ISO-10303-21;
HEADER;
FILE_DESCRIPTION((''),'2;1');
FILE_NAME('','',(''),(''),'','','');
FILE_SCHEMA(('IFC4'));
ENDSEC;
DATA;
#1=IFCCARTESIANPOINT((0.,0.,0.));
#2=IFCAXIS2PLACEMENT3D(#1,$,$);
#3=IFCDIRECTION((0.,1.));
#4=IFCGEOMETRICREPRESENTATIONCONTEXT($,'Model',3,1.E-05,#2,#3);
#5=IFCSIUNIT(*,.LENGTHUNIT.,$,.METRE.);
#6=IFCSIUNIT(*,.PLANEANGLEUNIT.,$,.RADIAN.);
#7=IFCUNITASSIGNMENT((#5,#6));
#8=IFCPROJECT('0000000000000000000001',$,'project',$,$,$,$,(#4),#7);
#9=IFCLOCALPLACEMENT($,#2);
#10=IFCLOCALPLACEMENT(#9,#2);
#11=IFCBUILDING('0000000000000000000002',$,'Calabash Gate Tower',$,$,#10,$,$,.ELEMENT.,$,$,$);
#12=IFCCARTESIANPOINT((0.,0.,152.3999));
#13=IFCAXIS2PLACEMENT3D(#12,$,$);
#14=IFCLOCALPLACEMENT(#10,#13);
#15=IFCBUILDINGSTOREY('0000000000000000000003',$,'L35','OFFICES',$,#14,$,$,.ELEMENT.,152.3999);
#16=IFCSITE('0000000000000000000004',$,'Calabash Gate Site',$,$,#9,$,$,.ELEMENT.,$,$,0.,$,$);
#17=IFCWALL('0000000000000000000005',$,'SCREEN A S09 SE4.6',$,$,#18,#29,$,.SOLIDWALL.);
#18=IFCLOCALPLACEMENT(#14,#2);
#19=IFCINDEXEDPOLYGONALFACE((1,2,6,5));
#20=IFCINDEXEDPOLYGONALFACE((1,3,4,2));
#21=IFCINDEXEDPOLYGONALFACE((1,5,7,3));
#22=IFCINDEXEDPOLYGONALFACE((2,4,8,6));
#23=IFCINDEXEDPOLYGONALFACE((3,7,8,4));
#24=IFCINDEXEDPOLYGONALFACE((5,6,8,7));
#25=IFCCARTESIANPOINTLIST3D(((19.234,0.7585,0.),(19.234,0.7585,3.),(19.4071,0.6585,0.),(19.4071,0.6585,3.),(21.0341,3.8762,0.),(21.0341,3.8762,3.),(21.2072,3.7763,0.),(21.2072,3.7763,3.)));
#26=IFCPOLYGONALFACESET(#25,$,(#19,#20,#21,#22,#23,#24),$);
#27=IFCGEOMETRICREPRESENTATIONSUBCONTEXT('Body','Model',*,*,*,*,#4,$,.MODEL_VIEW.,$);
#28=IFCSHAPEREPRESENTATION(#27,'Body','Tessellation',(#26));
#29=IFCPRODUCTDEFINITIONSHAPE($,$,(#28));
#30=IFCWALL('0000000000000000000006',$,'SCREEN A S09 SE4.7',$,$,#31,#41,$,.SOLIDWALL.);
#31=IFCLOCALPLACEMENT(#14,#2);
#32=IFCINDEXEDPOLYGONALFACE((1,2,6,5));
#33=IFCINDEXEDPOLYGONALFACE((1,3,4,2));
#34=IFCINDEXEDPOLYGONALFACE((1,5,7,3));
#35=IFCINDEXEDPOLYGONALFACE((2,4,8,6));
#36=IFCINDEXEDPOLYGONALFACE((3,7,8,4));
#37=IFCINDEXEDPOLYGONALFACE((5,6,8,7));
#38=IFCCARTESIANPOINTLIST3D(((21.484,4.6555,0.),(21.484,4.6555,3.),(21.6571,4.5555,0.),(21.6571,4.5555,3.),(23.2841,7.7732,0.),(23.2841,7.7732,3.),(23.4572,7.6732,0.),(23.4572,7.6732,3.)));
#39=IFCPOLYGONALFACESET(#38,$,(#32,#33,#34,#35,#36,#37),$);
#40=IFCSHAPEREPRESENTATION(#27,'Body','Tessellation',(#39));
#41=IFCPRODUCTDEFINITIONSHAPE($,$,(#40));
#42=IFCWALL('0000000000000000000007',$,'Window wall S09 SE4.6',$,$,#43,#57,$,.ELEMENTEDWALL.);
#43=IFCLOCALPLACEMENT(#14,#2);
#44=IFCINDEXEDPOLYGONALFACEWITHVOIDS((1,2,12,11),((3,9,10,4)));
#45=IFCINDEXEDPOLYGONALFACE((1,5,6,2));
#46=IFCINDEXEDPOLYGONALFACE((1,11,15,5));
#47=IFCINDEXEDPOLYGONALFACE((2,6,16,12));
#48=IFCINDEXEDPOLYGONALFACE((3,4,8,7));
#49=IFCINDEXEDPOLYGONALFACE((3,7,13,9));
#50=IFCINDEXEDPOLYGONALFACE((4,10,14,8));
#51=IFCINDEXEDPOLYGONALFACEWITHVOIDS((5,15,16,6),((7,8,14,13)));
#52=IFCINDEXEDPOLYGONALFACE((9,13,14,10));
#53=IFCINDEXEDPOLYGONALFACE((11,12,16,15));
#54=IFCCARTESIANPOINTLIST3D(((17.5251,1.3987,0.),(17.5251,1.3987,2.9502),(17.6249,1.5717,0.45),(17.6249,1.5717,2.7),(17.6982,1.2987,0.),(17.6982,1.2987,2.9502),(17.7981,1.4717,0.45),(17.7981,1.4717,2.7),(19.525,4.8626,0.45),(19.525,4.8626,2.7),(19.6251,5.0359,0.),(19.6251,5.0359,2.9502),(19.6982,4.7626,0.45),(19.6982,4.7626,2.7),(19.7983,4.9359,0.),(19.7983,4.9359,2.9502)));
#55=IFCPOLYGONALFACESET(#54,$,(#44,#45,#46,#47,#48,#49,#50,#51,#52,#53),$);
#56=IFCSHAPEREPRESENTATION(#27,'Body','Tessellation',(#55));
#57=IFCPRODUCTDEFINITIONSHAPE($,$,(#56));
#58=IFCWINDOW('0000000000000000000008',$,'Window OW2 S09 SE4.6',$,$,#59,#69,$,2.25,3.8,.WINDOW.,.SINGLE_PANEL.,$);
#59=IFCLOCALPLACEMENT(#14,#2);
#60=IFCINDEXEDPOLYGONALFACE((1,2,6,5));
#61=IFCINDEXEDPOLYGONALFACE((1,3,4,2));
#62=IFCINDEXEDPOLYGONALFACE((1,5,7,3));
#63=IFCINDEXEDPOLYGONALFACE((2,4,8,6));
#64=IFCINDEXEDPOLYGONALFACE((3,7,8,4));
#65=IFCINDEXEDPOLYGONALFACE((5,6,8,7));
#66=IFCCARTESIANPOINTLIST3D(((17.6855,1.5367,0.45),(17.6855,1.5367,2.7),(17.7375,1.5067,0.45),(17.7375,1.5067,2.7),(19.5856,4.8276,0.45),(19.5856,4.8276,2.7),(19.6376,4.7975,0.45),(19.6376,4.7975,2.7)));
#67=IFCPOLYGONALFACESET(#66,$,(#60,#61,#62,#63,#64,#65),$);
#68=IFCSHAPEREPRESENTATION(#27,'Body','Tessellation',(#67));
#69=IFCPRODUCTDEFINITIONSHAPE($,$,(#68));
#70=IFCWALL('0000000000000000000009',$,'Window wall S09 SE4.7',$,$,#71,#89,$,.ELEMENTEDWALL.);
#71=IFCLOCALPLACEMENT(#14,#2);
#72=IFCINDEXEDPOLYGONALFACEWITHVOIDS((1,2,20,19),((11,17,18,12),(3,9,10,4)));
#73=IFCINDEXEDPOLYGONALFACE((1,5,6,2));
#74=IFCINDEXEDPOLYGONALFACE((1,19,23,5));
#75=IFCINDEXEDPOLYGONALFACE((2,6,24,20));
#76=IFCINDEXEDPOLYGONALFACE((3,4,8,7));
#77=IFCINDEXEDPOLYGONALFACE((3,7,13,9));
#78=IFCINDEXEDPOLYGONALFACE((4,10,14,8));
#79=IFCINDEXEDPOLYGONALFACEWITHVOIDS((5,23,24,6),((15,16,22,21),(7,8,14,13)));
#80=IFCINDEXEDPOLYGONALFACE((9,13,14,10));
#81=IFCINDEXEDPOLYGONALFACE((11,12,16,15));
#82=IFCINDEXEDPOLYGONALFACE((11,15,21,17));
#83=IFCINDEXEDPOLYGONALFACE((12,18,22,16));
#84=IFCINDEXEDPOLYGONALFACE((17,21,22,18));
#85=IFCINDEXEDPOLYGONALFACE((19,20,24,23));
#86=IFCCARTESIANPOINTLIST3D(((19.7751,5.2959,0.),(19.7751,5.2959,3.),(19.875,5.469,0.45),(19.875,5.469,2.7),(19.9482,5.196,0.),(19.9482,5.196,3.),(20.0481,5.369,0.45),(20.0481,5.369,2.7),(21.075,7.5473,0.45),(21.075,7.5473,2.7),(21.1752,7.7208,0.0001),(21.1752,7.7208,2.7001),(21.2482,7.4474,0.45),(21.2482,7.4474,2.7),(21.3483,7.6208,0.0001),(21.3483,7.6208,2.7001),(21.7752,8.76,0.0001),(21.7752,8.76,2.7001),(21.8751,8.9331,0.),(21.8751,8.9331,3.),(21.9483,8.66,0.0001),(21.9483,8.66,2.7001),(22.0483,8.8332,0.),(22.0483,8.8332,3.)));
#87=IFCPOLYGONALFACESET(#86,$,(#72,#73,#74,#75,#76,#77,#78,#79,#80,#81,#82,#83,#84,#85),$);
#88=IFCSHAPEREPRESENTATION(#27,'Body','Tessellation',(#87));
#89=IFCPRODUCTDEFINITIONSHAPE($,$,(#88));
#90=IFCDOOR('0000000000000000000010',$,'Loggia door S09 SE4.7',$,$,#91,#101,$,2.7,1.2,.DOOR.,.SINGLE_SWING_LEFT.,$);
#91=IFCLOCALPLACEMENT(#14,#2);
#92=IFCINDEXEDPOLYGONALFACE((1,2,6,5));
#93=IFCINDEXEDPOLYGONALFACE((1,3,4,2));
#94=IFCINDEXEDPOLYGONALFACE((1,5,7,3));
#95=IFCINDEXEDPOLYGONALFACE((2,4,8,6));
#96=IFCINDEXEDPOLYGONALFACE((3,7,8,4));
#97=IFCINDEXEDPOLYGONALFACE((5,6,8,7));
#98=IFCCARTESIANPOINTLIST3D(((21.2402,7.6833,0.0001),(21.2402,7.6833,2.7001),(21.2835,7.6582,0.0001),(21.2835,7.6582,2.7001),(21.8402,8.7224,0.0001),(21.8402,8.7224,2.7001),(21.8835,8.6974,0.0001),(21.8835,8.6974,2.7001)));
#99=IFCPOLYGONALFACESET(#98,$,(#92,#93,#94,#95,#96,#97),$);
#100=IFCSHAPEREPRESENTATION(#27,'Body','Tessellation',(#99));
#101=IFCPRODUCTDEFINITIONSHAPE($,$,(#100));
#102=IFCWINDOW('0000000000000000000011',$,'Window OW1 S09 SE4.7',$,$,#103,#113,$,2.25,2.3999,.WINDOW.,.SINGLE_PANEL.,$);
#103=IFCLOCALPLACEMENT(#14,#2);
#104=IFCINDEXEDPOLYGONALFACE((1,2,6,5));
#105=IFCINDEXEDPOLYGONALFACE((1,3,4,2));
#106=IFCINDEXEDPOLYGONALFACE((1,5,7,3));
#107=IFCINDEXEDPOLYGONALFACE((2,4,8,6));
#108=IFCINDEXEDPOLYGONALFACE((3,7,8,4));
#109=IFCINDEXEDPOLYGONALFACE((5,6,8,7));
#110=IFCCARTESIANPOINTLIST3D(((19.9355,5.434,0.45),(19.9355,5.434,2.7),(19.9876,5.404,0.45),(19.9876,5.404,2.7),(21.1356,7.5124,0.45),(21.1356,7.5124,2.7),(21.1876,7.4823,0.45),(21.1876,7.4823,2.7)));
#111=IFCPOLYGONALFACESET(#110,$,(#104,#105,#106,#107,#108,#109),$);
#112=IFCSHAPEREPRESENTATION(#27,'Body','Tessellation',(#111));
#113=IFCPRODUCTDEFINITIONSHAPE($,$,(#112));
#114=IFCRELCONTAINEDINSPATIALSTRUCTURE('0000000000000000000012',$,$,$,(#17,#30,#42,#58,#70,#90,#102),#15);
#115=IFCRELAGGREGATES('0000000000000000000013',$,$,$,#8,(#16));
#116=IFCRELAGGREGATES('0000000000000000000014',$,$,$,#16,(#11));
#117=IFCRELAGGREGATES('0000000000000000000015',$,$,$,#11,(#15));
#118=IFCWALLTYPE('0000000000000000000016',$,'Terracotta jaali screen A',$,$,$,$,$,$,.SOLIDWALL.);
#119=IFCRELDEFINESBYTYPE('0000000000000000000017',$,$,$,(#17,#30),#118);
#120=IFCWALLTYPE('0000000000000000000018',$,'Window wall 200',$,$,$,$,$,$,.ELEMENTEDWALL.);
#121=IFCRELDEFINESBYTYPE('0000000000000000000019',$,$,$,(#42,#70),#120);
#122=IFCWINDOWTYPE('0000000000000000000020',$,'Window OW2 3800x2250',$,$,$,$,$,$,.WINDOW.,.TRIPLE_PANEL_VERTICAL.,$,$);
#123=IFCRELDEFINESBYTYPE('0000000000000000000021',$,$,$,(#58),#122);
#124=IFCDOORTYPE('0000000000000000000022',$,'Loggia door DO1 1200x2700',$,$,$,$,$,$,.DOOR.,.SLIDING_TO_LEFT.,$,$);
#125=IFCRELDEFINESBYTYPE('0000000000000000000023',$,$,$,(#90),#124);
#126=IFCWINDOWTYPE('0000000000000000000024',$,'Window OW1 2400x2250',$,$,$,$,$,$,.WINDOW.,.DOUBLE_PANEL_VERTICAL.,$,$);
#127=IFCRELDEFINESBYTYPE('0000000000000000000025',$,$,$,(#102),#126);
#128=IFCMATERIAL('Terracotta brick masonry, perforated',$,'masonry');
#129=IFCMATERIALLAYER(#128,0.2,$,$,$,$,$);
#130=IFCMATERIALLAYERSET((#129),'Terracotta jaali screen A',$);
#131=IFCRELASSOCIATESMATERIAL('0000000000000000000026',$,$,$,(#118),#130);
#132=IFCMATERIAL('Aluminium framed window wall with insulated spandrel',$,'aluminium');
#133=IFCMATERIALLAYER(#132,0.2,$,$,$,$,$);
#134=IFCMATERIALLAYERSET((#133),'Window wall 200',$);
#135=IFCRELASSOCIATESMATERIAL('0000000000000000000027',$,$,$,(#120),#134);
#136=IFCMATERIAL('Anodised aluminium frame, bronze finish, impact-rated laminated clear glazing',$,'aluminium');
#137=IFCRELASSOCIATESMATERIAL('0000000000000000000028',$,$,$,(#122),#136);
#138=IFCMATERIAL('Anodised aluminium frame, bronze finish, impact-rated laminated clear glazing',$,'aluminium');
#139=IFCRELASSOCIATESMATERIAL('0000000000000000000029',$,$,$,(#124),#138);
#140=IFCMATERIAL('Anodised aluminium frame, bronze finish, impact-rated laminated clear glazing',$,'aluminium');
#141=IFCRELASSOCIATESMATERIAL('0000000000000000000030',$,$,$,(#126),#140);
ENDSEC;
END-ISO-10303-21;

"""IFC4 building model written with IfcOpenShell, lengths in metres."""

from ifc_helpers import new_model, si_unit, direction, frame, frame_2d, origin, place, context, subcontext, project, spatial, rectangle, extrude, material, layer, layer_set, type_object, element, fill, save


model = new_model("IFC4")

# Units and contexts
model_context = context("Model", 3, precision=1e-05, world=origin(), true_north=direction((0.0, 1.0)))
body_context = subcontext(model_context, "Body", "Model", "MODEL_VIEW")
ifc_project = project(units=[si_unit("LENGTHUNIT", "METRE"), si_unit("PLANEANGLEUNIT", "RADIAN")], contexts=[model_context])

# Site, building, storey
site_placement = place(None, origin())
site = spatial("IfcSite", under=ifc_project, at=site_placement, Name="Calabash Gate Site", CompositionType="ELEMENT", RefElevation=0.0)
building_placement = place(site_placement, origin())
building = spatial("IfcBuilding", under=site, at=building_placement, Name="Calabash Gate Tower", CompositionType="ELEMENT")
storey_placement = place(building_placement, frame((0.0, 0.0, 152.3999)))
storey = spatial("IfcBuildingStorey", under=building, at=storey_placement, Name="L35", Description="OFFICES", CompositionType="ELEMENT", Elevation=152.3999)

# Walls
ifc_material_1 = material(Name="Terracotta brick masonry, perforated", Category="masonry")
ifc_layer_1 = layer(ifc_material_1, 0.2)
ifc_layer_set_1 = layer_set([ifc_layer_1], Name="Terracotta jaali screen A")
wall_type_1 = type_object("IfcWallType", Name="Terracotta jaali screen A", PredefinedType="SOLIDWALL", material=ifc_layer_set_1)
for number, where, z_axis, x_axis, name in (
    (1, (19.3206, 0.7085, 0.0), (0.0, 0.0, 1.0), (0.500012, 0.866018, 0.0), "SCREEN A S09 SE4.6"),
    (2, (21.5706, 4.6055, 0.0), (0.0, 0.0, 1.0), (0.500012, 0.866018, 0.0), "SCREEN A S09 SE4.7"),
):
    element("IfcWall", number, at=place(storey_placement, frame(where, z_axis=z_axis, x_axis=x_axis)), inside=storey, type_object=wall_type_1, Name=name, PredefinedType="SOLIDWALL", context=body_context, shape_type="SweptSolid", body=[
        extrude(rectangle(XDim=3.6001, YDim=0.2, at=frame_2d((1.8, 0.0))), origin(), (0.0, 0.0, 1.0), 3.0),
    ])

# Wall, opening, window
ifc_material_2 = material(Name="Aluminium framed window wall with insulated spandrel", Category="aluminium")
ifc_layer_2 = layer(ifc_material_2, 0.2)
ifc_layer_set_2 = layer_set([ifc_layer_2], Name="Window wall 200")
wall_type_2 = type_object("IfcWallType", Name="Window wall 200", PredefinedType="ELEMENTEDWALL", material=ifc_layer_set_2)
wall_1_placement = place(storey_placement, frame((17.6116, 1.3486, 0.0), z_axis=(0.0, 0.0, 1.0), x_axis=(0.500028, 0.866009, 0.0)))
wall_1 = element("IfcWall", 3, at=wall_1_placement, inside=storey, type_object=wall_type_2, Name="Window wall S09 SE4.6", PredefinedType="ELEMENTEDWALL", context=body_context, shape_type="SweptSolid", body=[
    extrude(rectangle(XDim=4.2, YDim=0.2, at=frame_2d((2.1001, 0.0))), origin(), (0.0, 0.0, 1.0), 2.9502),
])
opening_1_placement = place(wall_1_placement, frame((0.2, 0.0, 0.45)))
opening_1 = element("IfcOpeningElement", 4, at=opening_1_placement, cuts=wall_1, PredefinedType="OPENING", context=body_context, shape_type="SweptSolid", body=[
    extrude(rectangle(XDim=3.8, YDim=2.25, at=frame_2d((1.8999, 1.125))), frame((0.0, 0.1099, 0.0), z_axis=(0.0, -1.0, 0.0), x_axis=(1.0, 0.0, 0.0)), (0.0, 0.0, 1.0), 0.22),
])
ifc_material_3 = material(Name="Anodised aluminium frame, bronze finish, impact-rated laminated clear glazing", Category="aluminium")
window_type_1 = type_object("IfcWindowType", Name="Window OW2 3800x2250", PartitioningType="TRIPLE_PANEL_VERTICAL", PredefinedType="WINDOW", material=ifc_material_3)
window_1_placement = place(opening_1_placement, origin())
window_1 = element("IfcWindow", 5, at=window_1_placement, inside=storey, type_object=window_type_1, Name="Window OW2 S09 SE4.6", OverallHeight=2.25, OverallWidth=3.8, PartitioningType="SINGLE_PANEL", PredefinedType="WINDOW", context=body_context, shape_type="SweptSolid", body=[
    extrude(rectangle(XDim=3.8, YDim=2.25, at=frame_2d((1.8999, 1.125))), frame((0.0, 0.03, 0.0), z_axis=(0.0, -1.0, 0.0), x_axis=(1.0, 0.0, 0.0)), (0.0, 0.0, 1.0), 0.0601),
])
fill(opening_1, window_1)

# Wall, openings, door, window
wall_2_placement = place(storey_placement, frame((19.8616, 5.2458, 0.0), z_axis=(0.0, 0.0, 1.0), x_axis=(0.500028, 0.866009, 0.0)))
wall_2 = element("IfcWall", 6, at=wall_2_placement, inside=storey, type_object=wall_type_2, Name="Window wall S09 SE4.7", PredefinedType="ELEMENTEDWALL", context=body_context, shape_type="SweptSolid", body=[
    extrude(rectangle(XDim=4.2, YDim=0.2, at=frame_2d((2.1001, 0.0))), origin(), (0.0, 0.0, 1.0), 3.0),
])
opening_2_placement = place(wall_2_placement, frame((0.2, 0.0, 0.45)))
opening_2 = element("IfcOpeningElement", 7, at=opening_2_placement, cuts=wall_2, PredefinedType="OPENING", context=body_context, shape_type="SweptSolid", body=[
    extrude(rectangle(XDim=2.3999, YDim=2.25, at=frame_2d((1.2, 1.125))), frame((0.0, 0.1099, 0.0), z_axis=(0.0, -1.0, 0.0), x_axis=(1.0, 0.0, 0.0)), (0.0, 0.0, 1.0), 0.22),
])
opening_3_placement = place(wall_2_placement, frame((2.8, 0.0, 0.0)))
opening_3 = element("IfcOpeningElement", 8, at=opening_3_placement, cuts=wall_2, PredefinedType="OPENING", context=body_context, shape_type="SweptSolid", body=[
    extrude(rectangle(XDim=1.2, YDim=2.7, at=frame_2d((0.6001, 1.3501))), frame((0.0, 0.1099, 0.0), z_axis=(0.0, -1.0, 0.0), x_axis=(1.0, 0.0, 0.0)), (0.0, 0.0, 1.0), 0.22),
])
ifc_material_4 = material(Name="Anodised aluminium frame, bronze finish, impact-rated laminated clear glazing", Category="aluminium")
door_type_1 = type_object("IfcDoorType", Name="Loggia door DO1 1200x2700", OperationType="SLIDING_TO_LEFT", PredefinedType="DOOR", material=ifc_material_4)
door_1_placement = place(opening_3_placement, origin())
door_1 = element("IfcDoor", 9, at=door_1_placement, inside=storey, type_object=door_type_1, Name="Loggia door S09 SE4.7", OperationType="SINGLE_SWING_LEFT", OverallHeight=2.7, OverallWidth=1.2, PredefinedType="DOOR", context=body_context, shape_type="SweptSolid", body=[
    extrude(rectangle(XDim=1.2, YDim=2.7, at=frame_2d((0.6001, 1.3501))), frame((0.0, 0.0249, 0.0), z_axis=(0.0, -1.0, 0.0), x_axis=(1.0, 0.0, 0.0)), (0.0, 0.0, 1.0), 0.05),
])
fill(opening_3, door_1)
ifc_material_5 = material(Name="Anodised aluminium frame, bronze finish, impact-rated laminated clear glazing", Category="aluminium")
window_type_2 = type_object("IfcWindowType", Name="Window OW1 2400x2250", PartitioningType="DOUBLE_PANEL_VERTICAL", PredefinedType="WINDOW", material=ifc_material_5)
window_2_placement = place(opening_2_placement, origin())
window_2 = element("IfcWindow", 10, at=window_2_placement, inside=storey, type_object=window_type_2, Name="Window OW1 S09 SE4.7", OverallHeight=2.25, OverallWidth=2.3999, PartitioningType="SINGLE_PANEL", PredefinedType="WINDOW", context=body_context, shape_type="SweptSolid", body=[
    extrude(rectangle(XDim=2.3999, YDim=2.25, at=frame_2d((1.2, 1.125))), frame((0.0, 0.03, 0.0), z_axis=(0.0, -1.0, 0.0), x_axis=(1.0, 0.0, 0.0)), (0.0, 0.0, 1.0), 0.0601),
])
fill(opening_2, window_2)

save(model, "model.ifc")
